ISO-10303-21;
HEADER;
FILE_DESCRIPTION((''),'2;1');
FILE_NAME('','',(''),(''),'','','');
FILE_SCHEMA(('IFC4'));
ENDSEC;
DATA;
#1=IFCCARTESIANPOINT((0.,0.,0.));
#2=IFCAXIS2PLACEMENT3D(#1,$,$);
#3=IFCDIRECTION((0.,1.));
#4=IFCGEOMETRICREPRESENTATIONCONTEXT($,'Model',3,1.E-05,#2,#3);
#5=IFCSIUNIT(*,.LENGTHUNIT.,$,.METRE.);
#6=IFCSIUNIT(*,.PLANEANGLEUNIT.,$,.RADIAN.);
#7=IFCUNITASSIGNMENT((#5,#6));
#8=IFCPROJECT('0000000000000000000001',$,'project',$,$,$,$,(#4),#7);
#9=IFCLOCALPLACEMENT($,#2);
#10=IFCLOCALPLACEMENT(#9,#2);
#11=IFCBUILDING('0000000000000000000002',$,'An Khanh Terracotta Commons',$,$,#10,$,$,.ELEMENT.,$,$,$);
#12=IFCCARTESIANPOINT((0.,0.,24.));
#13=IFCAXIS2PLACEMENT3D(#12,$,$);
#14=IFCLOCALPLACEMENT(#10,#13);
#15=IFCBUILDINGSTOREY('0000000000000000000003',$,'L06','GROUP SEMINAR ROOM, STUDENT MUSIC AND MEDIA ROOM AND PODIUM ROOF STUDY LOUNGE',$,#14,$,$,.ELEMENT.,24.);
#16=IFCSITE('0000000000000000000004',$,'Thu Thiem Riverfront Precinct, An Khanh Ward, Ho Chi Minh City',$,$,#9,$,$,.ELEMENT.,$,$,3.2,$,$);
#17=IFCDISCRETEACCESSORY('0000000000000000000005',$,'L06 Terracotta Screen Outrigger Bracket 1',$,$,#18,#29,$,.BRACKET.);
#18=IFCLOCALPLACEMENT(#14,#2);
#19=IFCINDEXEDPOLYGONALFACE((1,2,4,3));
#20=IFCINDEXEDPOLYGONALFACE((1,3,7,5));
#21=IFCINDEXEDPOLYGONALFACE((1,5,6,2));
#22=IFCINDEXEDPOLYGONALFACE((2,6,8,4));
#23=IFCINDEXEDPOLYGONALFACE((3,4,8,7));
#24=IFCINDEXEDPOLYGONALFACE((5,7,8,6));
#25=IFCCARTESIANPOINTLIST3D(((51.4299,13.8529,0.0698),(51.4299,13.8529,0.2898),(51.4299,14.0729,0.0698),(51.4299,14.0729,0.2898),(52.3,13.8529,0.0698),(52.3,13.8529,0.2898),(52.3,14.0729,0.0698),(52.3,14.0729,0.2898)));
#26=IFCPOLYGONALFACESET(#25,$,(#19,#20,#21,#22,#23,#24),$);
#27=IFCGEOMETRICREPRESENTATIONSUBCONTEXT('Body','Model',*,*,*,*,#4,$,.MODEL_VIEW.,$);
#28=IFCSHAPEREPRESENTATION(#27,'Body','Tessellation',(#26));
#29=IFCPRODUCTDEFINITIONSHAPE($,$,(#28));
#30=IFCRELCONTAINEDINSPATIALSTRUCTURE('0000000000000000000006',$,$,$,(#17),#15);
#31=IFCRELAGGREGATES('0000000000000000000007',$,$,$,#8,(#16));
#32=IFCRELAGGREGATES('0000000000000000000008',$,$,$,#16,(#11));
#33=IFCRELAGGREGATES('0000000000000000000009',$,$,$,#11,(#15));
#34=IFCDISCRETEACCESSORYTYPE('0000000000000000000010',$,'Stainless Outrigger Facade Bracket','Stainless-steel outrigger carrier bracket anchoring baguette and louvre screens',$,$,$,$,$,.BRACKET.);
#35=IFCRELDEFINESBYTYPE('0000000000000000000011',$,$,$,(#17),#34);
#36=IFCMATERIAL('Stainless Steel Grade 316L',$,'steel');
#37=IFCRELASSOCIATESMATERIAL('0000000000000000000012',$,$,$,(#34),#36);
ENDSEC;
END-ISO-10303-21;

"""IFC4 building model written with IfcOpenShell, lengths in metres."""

from ifc_helpers import new_model, si_unit, direction, frame, origin, origin_2d, place, context, subcontext, project, spatial, rectangle, extrude, material, type_object, element, save


model = new_model("IFC4")

# Units and contexts
model_context = context("Model", 3, precision=1e-05, world=origin(), true_north=direction((0.0, 1.0)))
body_context = subcontext(model_context, "Body", "Model", "MODEL_VIEW")
ifc_project = project(units=[si_unit("LENGTHUNIT", "METRE"), si_unit("PLANEANGLEUNIT", "RADIAN")], contexts=[model_context])

# Site, building, storey
site_placement = place(None, origin())
site = spatial("IfcSite", under=ifc_project, at=site_placement, Name="Thu Thiem Riverfront Precinct, An Khanh Ward, Ho Chi Minh City", CompositionType="ELEMENT", RefElevation=3.2)
building_placement = place(site_placement, origin())
building = spatial("IfcBuilding", under=site, at=building_placement, Name="An Khanh Terracotta Commons", CompositionType="ELEMENT")
storey_placement = place(building_placement, frame((0.0, 0.0, 24.0)))
storey = spatial("IfcBuildingStorey", under=building, at=storey_placement, Name="L06", Description="GROUP SEMINAR ROOM, STUDENT MUSIC AND MEDIA ROOM AND PODIUM ROOF STUDY LOUNGE", CompositionType="ELEMENT", Elevation=24.0)

# Discrete accessory
ifc_material_1 = material(Name="Stainless Steel Grade 316L", Category="steel")
discrete_accessory_type = type_object("IfcDiscreteAccessoryType", Name="Stainless Outrigger Facade Bracket", Description="Stainless-steel outrigger carrier bracket anchoring baguette and louvre screens", PredefinedType="BRACKET", material=ifc_material_1)
for number, where, z_axis, x_axis, name in (
    (1, (51.865, 13.9629, 0.0698), (0.0, 0.0, 1.0), (0.0, 1.0, 0.0), "L06 Terracotta Screen Outrigger Bracket 1"),
):
    element("IfcDiscreteAccessory", number, at=place(storey_placement, frame(where, z_axis=z_axis, x_axis=x_axis)), inside=storey, type_object=discrete_accessory_type, Name=name, PredefinedType="BRACKET", context=body_context, shape_type="SweptSolid", body=[
        extrude(rectangle(XDim=0.22, YDim=0.8701, at=origin_2d()), origin(), (0.0, 0.0, 1.0), 0.22),
    ])

save(model, "model.ifc")
